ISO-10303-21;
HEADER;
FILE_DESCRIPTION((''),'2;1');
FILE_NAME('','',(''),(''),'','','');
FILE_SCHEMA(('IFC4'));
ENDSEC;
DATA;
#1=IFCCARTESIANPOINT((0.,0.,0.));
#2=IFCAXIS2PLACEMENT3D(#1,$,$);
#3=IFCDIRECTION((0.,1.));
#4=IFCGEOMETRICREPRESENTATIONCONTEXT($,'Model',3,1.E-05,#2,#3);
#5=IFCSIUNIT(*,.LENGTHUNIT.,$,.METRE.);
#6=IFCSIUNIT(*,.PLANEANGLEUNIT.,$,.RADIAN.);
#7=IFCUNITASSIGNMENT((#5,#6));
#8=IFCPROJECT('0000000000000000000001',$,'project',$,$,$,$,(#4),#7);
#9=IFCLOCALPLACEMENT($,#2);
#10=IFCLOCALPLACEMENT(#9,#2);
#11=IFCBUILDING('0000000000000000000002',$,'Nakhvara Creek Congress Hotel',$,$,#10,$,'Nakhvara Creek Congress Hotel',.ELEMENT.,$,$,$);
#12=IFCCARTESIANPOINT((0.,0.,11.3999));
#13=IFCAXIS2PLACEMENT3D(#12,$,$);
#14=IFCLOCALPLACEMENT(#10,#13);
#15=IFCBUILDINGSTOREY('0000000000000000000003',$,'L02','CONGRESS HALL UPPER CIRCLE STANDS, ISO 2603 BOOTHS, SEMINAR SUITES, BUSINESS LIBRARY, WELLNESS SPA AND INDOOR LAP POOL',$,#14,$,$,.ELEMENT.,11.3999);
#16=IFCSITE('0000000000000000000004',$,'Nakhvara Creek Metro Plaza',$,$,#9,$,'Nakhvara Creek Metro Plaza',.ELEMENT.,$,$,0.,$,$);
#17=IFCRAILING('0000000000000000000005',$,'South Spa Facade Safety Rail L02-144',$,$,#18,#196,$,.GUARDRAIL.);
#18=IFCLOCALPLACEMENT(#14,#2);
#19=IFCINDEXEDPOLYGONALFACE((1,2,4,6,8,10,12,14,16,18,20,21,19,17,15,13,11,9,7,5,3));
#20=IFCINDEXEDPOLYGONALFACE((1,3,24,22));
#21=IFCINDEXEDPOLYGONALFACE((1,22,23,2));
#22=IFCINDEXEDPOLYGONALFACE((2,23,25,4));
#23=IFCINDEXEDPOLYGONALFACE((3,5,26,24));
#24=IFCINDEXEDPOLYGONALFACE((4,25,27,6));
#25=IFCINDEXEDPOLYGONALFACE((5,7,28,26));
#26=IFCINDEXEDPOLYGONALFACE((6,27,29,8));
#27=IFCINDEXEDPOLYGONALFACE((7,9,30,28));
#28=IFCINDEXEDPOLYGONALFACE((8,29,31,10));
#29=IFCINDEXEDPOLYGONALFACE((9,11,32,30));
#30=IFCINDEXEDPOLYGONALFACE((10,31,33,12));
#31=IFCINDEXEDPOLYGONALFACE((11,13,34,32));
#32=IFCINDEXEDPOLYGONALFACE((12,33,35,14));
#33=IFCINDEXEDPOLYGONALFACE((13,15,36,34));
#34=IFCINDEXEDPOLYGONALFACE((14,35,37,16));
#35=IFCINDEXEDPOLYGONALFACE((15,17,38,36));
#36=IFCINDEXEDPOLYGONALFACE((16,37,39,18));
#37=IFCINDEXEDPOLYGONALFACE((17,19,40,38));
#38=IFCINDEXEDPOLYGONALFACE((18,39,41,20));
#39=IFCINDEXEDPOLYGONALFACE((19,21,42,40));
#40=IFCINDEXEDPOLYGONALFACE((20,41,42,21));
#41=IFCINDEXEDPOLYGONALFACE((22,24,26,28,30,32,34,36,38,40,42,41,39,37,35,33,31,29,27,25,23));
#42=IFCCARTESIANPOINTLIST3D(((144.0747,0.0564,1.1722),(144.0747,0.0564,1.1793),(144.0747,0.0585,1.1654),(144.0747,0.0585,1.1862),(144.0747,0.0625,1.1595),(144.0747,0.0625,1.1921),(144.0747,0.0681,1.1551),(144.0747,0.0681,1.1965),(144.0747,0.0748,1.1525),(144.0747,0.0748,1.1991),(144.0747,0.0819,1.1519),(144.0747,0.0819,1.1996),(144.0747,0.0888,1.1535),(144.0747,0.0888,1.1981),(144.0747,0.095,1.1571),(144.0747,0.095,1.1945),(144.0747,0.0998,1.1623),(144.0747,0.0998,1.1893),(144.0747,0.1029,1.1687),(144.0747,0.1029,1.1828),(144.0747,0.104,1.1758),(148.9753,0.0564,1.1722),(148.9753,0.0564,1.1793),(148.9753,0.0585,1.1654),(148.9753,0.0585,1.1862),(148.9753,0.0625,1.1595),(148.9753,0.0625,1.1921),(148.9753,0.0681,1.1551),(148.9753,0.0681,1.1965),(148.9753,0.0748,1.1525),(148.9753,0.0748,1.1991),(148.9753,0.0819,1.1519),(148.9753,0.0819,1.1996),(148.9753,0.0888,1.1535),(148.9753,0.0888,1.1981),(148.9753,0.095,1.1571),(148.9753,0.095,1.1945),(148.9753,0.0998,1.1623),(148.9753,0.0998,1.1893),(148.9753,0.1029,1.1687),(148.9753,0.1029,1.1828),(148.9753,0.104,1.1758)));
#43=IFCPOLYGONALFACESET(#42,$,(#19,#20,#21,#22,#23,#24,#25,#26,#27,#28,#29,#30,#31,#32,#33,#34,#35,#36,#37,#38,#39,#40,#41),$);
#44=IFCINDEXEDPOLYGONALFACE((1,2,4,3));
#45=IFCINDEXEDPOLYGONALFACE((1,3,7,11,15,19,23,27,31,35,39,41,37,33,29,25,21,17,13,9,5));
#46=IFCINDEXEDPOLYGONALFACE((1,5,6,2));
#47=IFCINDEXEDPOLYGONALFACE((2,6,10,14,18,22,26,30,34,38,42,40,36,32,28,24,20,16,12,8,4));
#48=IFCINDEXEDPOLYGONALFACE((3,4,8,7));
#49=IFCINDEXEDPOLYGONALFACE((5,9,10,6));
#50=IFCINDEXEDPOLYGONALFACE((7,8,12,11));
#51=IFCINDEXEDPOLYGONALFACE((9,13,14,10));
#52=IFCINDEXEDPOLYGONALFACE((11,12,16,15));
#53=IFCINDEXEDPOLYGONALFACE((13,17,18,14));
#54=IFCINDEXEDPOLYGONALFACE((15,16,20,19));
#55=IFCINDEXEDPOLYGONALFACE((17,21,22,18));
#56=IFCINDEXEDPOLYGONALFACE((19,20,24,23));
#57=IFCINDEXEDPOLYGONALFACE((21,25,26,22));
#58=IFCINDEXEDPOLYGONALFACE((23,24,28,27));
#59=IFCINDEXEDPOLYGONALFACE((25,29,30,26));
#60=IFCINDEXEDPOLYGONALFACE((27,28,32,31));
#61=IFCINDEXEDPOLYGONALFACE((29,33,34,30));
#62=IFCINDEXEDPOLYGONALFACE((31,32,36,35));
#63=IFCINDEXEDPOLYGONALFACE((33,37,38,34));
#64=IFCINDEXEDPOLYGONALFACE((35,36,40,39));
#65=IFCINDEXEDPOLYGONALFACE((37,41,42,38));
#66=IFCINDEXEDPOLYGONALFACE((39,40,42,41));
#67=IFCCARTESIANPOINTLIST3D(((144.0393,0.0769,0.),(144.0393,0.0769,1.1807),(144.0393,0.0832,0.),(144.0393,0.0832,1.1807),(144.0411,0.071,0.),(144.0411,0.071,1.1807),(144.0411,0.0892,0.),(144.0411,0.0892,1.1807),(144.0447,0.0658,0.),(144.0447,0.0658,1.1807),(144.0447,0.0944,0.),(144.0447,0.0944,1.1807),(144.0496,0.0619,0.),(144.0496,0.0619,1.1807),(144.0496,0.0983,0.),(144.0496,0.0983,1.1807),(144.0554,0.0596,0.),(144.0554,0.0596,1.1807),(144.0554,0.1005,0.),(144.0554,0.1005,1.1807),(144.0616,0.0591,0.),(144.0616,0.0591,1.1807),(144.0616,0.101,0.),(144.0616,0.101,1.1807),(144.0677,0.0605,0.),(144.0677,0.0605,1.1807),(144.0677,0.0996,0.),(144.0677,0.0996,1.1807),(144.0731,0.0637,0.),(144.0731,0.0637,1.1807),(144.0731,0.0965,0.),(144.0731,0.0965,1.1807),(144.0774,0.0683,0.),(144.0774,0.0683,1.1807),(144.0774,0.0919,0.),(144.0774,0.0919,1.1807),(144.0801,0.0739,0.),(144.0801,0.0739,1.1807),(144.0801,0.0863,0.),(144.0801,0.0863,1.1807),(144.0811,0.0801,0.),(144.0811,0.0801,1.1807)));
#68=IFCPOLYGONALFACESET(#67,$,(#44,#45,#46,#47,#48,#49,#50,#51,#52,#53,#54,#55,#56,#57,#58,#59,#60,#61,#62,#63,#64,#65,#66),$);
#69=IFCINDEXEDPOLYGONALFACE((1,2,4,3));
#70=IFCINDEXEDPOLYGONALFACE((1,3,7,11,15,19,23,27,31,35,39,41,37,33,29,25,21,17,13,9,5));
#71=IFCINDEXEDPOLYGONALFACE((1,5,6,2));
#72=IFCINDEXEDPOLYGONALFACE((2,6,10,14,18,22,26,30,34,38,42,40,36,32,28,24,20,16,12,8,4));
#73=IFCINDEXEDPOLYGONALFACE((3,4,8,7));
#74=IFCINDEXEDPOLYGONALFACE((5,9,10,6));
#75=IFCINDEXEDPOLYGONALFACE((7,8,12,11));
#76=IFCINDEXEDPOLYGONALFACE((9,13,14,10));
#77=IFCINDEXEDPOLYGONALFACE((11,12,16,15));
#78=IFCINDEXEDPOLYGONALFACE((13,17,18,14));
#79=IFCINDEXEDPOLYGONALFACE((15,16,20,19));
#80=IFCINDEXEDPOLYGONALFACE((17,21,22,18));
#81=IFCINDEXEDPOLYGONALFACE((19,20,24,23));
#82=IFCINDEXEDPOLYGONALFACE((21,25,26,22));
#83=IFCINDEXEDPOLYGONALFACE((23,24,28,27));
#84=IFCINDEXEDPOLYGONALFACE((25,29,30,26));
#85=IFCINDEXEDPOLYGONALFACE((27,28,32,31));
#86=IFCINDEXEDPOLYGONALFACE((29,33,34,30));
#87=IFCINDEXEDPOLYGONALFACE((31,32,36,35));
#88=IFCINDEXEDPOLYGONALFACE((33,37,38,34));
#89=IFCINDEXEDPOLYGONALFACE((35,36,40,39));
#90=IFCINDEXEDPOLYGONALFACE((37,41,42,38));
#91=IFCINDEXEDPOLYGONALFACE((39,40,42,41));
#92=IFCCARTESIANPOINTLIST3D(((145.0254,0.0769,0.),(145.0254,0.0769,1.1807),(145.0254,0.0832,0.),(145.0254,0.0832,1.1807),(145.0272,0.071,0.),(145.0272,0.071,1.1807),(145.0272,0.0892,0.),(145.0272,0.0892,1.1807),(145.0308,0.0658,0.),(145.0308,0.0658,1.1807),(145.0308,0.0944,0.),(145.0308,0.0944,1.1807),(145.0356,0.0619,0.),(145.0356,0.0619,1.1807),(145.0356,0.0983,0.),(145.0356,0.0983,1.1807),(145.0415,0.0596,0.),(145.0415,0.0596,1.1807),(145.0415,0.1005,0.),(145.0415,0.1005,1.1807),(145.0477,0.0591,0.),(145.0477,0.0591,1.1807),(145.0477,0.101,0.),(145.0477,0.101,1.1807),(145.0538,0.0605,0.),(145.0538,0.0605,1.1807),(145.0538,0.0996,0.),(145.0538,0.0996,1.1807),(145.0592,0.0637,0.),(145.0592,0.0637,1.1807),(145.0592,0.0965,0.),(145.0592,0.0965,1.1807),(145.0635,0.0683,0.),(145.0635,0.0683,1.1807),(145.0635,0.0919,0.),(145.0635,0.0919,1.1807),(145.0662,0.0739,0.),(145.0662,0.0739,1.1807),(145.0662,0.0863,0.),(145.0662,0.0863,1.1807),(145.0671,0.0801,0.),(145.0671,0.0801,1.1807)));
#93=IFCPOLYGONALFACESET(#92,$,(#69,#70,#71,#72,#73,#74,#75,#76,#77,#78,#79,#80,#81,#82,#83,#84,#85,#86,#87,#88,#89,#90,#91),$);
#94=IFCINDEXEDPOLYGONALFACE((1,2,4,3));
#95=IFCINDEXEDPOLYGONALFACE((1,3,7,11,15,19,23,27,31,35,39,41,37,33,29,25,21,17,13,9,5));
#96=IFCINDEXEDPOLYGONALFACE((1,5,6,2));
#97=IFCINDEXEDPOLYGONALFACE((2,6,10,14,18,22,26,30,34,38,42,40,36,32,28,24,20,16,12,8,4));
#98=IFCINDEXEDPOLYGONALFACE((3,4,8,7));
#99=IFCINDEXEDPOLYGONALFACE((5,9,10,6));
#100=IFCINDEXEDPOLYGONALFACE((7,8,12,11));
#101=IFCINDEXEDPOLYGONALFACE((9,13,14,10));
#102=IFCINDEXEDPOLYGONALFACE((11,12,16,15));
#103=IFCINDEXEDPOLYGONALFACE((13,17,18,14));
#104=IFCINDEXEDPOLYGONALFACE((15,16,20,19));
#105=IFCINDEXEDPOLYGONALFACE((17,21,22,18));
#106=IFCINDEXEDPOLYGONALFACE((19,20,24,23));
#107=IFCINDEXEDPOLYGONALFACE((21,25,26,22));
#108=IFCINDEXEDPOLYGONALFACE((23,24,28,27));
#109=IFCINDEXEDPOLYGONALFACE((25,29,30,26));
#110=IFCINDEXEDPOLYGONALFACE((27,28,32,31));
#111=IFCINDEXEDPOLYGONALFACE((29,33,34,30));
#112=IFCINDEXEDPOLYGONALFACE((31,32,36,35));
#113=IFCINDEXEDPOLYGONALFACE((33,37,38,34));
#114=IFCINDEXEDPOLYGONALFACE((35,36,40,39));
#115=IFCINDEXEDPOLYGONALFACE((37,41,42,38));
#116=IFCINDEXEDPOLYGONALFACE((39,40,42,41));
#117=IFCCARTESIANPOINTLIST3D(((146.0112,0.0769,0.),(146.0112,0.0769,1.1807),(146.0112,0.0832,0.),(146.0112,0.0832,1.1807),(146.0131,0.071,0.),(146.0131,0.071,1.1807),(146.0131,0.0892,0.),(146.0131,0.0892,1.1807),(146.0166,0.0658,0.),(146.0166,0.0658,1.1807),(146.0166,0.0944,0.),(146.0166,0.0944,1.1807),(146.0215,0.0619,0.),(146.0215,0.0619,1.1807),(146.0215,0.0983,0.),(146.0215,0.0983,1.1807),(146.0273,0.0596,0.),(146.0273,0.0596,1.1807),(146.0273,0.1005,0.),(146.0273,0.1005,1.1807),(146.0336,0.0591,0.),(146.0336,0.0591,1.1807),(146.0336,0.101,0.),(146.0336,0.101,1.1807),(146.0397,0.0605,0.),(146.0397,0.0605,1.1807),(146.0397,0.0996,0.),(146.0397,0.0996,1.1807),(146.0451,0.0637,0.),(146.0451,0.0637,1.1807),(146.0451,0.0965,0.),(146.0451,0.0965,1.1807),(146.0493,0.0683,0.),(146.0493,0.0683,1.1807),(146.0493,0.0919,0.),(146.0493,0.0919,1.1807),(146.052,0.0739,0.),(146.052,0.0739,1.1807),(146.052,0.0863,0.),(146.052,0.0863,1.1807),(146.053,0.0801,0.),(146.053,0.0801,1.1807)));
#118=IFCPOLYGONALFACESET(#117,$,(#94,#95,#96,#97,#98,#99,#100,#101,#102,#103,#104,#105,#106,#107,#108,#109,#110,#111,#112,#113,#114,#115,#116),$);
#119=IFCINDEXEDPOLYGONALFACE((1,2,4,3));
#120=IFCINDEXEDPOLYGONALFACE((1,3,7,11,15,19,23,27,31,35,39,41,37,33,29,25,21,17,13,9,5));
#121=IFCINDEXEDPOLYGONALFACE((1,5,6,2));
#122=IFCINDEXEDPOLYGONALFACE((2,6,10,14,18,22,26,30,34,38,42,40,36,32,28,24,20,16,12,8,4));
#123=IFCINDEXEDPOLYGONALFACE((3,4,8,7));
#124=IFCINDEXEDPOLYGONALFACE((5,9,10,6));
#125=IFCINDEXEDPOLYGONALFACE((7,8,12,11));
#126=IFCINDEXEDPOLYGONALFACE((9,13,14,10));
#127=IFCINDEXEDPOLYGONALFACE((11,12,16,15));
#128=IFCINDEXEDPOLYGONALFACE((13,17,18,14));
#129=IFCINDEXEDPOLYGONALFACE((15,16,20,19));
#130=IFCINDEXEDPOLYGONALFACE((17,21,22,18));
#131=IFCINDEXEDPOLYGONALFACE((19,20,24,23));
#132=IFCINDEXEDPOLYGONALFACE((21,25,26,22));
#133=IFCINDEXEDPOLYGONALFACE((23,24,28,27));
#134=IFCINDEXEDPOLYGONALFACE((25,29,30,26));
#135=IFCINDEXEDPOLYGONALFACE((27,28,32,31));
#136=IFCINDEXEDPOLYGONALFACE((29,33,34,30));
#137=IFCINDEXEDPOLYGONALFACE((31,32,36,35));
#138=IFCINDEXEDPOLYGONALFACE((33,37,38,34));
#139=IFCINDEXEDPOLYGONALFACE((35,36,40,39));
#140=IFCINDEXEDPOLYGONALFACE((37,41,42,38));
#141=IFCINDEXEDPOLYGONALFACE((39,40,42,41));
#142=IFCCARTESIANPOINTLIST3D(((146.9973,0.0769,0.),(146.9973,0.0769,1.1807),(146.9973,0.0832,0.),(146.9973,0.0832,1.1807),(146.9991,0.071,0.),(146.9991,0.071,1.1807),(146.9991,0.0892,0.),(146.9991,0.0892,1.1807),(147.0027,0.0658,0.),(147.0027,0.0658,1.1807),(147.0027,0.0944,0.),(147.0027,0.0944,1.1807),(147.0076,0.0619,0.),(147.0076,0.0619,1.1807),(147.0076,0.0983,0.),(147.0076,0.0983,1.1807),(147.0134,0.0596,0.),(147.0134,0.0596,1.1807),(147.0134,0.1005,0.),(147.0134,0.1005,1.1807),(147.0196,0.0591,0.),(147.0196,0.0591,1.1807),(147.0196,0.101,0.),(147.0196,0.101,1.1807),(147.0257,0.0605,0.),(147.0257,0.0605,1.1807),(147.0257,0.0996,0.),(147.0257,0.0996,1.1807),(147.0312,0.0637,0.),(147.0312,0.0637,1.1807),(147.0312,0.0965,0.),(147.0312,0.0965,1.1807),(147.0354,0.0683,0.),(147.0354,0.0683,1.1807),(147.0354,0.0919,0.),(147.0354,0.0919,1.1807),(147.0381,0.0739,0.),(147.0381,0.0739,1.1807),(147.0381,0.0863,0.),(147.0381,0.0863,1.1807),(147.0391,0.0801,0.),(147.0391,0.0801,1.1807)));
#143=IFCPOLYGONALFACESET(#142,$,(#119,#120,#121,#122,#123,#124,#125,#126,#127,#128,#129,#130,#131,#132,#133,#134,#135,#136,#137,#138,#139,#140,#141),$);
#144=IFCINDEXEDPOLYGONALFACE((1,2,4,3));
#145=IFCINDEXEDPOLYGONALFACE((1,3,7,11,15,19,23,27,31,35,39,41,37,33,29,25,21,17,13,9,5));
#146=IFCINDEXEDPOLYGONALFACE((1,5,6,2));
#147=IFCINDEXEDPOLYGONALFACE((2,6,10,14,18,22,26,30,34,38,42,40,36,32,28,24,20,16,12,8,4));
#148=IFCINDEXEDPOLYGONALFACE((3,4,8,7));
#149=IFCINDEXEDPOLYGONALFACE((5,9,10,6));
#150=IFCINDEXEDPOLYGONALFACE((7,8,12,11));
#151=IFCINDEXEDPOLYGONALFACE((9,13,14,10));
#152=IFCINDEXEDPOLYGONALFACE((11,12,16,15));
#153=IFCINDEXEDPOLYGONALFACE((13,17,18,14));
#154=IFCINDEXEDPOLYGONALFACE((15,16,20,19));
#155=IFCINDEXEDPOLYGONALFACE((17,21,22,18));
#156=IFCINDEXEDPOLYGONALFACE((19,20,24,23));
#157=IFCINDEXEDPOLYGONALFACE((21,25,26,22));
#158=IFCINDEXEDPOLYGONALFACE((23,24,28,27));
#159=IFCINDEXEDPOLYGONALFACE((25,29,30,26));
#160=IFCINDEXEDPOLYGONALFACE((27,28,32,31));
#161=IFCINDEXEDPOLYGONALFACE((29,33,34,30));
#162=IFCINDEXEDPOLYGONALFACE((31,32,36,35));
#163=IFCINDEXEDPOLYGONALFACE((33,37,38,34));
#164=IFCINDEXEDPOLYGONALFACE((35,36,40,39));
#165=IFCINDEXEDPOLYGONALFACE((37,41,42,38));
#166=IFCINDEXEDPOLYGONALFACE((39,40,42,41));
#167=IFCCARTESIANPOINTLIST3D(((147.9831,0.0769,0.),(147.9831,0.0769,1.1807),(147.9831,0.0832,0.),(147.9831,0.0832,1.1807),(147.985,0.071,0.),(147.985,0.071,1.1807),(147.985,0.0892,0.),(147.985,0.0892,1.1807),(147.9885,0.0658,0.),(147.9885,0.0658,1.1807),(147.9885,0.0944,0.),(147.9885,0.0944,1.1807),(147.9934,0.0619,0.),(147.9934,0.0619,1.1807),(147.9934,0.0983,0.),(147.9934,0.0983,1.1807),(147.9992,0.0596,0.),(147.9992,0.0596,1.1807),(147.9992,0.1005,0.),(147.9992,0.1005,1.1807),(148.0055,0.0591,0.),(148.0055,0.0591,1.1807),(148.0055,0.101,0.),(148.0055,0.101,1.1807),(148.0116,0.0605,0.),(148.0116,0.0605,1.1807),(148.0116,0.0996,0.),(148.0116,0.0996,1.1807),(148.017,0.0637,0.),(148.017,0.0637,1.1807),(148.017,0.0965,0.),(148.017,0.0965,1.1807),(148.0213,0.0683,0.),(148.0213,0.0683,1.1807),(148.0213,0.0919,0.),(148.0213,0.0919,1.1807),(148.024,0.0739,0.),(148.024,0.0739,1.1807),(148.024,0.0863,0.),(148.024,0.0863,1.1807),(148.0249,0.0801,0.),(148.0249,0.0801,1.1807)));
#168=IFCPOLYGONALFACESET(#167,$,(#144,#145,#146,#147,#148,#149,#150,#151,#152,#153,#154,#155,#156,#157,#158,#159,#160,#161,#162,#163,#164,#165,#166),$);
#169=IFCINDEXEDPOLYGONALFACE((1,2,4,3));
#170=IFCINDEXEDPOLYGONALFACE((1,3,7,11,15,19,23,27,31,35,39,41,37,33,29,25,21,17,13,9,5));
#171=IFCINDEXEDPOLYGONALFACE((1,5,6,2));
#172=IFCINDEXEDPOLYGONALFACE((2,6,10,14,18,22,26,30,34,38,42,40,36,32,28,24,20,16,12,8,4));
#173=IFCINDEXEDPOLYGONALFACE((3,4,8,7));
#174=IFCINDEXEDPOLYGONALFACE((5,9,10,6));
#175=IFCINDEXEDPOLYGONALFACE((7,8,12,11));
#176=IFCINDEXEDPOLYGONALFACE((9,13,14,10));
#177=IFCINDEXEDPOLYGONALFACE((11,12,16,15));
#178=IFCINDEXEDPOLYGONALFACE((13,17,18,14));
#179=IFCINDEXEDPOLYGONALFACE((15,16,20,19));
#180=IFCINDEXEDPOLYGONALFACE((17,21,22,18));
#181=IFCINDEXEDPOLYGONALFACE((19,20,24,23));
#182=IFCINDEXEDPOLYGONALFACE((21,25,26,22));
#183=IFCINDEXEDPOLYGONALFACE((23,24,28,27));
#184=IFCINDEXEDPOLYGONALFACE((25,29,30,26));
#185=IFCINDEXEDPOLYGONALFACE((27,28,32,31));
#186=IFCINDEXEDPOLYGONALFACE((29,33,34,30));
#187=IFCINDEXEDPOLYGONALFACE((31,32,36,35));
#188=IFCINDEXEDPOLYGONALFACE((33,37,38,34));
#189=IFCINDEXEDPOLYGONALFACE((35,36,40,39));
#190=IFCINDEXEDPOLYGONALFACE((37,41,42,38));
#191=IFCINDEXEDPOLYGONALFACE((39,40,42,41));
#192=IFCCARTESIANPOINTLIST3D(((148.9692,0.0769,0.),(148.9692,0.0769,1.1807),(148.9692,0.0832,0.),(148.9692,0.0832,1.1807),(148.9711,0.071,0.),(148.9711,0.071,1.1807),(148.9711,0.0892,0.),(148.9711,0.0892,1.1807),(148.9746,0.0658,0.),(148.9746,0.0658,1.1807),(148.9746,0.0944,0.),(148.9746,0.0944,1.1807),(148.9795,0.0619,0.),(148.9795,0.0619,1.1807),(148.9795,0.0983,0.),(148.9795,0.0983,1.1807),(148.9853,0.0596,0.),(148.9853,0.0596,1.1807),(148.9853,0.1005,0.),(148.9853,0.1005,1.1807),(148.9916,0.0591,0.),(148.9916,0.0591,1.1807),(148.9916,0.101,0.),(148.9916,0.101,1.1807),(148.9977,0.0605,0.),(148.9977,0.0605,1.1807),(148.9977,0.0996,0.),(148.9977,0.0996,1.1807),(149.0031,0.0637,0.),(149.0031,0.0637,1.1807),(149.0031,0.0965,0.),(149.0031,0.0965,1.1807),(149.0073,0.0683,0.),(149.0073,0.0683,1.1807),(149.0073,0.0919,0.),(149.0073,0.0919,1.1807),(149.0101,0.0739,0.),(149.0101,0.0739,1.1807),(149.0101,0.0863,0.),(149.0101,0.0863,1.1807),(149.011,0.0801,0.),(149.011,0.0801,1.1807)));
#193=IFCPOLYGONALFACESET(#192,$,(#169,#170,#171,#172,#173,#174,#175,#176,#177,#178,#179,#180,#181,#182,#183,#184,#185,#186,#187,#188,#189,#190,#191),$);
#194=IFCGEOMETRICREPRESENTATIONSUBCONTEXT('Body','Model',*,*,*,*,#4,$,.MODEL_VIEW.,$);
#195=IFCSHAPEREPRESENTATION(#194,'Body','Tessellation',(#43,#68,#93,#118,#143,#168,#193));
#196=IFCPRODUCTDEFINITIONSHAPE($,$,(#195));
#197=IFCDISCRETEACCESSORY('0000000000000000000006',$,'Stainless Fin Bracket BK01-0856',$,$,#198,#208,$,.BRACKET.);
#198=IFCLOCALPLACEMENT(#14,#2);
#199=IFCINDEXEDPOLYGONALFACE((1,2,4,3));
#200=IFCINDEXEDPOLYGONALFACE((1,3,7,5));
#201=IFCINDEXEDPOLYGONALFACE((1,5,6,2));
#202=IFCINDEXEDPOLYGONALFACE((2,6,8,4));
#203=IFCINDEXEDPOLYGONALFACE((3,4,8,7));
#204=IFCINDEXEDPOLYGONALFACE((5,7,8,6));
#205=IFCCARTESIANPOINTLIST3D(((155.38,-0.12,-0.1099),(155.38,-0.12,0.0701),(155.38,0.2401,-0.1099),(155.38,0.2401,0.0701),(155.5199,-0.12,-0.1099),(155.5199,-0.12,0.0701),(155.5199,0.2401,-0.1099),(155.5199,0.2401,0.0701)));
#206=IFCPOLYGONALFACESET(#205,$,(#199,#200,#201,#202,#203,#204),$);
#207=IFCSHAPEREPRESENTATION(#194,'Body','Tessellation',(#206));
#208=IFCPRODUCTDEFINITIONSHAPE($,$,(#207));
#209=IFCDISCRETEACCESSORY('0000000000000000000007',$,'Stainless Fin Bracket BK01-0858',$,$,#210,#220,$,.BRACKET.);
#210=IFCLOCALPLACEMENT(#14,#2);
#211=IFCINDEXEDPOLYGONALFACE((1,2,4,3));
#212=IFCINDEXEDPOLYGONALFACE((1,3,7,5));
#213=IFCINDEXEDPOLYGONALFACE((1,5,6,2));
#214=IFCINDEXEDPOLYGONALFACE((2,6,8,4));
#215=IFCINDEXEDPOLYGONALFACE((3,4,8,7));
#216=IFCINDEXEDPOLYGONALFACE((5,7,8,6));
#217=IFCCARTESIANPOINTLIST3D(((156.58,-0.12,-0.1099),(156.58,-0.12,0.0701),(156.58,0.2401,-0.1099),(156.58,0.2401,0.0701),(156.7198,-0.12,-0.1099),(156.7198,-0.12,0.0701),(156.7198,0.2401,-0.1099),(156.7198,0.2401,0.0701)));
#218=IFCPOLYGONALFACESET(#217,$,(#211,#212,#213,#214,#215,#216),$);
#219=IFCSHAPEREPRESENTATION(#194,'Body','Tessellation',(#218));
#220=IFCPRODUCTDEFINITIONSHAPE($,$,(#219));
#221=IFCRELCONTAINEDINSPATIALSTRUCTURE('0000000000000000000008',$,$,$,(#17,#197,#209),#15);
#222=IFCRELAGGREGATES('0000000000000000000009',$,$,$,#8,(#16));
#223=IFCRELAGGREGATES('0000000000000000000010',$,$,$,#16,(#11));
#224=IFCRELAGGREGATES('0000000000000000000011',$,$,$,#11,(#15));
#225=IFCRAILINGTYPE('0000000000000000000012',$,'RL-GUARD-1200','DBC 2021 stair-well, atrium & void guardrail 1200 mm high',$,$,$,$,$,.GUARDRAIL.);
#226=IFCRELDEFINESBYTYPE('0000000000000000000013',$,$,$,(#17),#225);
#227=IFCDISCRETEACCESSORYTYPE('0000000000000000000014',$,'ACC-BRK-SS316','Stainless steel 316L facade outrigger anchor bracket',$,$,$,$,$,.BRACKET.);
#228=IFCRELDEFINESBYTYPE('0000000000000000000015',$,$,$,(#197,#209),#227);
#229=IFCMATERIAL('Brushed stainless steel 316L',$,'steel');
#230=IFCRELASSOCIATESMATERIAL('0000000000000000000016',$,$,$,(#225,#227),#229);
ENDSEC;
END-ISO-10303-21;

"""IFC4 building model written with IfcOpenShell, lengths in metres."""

from ifc_helpers import new_model, si_unit, direction, frame, origin, origin_2d, place, context, subcontext, project, spatial, rectangle, circle, extrude, material, type_object, element, save


model = new_model("IFC4")

# Units and contexts
model_context = context("Model", 3, precision=1e-05, world=origin(), true_north=direction((0.0, 1.0)))
body_context = subcontext(model_context, "Body", "Model", "MODEL_VIEW")
ifc_project = project(units=[si_unit("LENGTHUNIT", "METRE"), si_unit("PLANEANGLEUNIT", "RADIAN")], contexts=[model_context])

# Site, building, storey
site_placement = place(None, origin())
site = spatial("IfcSite", under=ifc_project, at=site_placement, Name="Nakhvara Creek Metro Plaza", LongName="Nakhvara Creek Metro Plaza", CompositionType="ELEMENT", RefElevation=0.0)
building_placement = place(site_placement, origin())
building = spatial("IfcBuilding", under=site, at=building_placement, Name="Nakhvara Creek Congress Hotel", LongName="Nakhvara Creek Congress Hotel", CompositionType="ELEMENT")
storey_placement = place(building_placement, frame((0.0, 0.0, 11.3999)))
storey = spatial("IfcBuildingStorey", under=building, at=storey_placement, Name="L02", Description="CONGRESS HALL UPPER CIRCLE STANDS, ISO 2603 BOOTHS, SEMINAR SUITES, BUSINESS LIBRARY, WELLNESS SPA AND INDOOR LAP POOL", CompositionType="ELEMENT", Elevation=11.3999)

# Railing
ifc_material_1 = material(Name="Brushed stainless steel 316L", Category="steel")
railing_type = type_object("IfcRailingType", Name="RL-GUARD-1200", Description="DBC 2021 stair-well, atrium & void guardrail 1200 mm high", PredefinedType="GUARDRAIL", material=ifc_material_1)
railing_placement = place(storey_placement, frame((144.0601, 0.0801, 0.0)))
element("IfcRailing", 1, at=railing_placement, inside=storey, type_object=railing_type, Name="South Spa Facade Safety Rail L02-144", PredefinedType="GUARDRAIL", context=body_context, shape_type="SweptSolid", body=[
    extrude(circle(Radius=0.0239, at=origin_2d()), frame((0.0146, 0.0, 1.1758), z_axis=(1.0, 0.0, 0.0), x_axis=(0.0, 1.0, 0.0)), (0.0, 0.0, 1.0), 4.9006),
    extrude(circle(Radius=0.021, at=origin_2d()), origin(), (0.0, 0.0, 1.0), 1.1807),
    extrude(circle(Radius=0.021, at=origin_2d()), frame((0.9861, 0.0, 0.0)), (0.0, 0.0, 1.0), 1.1807),
    extrude(circle(Radius=0.021, at=origin_2d()), frame((1.9719, 0.0, 0.0)), (0.0, 0.0, 1.0), 1.1807),
    extrude(circle(Radius=0.021, at=origin_2d()), frame((2.958, 0.0, 0.0)), (0.0, 0.0, 1.0), 1.1807),
    extrude(circle(Radius=0.021, at=origin_2d()), frame((3.9438, 0.0, 0.0)), (0.0, 0.0, 1.0), 1.1807),
    extrude(circle(Radius=0.021, at=origin_2d()), frame((4.9299, 0.0, 0.0)), (0.0, 0.0, 1.0), 1.1807),
])

# Discrete accessories
discrete_accessory_type = type_object("IfcDiscreteAccessoryType", Name="ACC-BRK-SS316", Description="Stainless steel 316L facade outrigger anchor bracket", PredefinedType="BRACKET", material=ifc_material_1)
for number, where, z_axis, x_axis, name in (
    (2, (155.45, 0.0601, -0.1099), (0.0, 0.0, 1.0), (1.0, 0.0, 0.0), "Stainless Fin Bracket BK01-0856"),
    (3, (156.6499, 0.0601, -0.1099), (0.0, 0.0, 1.0), (1.0, 0.0, 0.0), "Stainless Fin Bracket BK01-0858"),
):
    element("IfcDiscreteAccessory", number, at=place(storey_placement, frame(where, z_axis=z_axis, x_axis=x_axis)), inside=storey, type_object=discrete_accessory_type, Name=name, PredefinedType="BRACKET", context=body_context, shape_type="SweptSolid", body=[
        extrude(rectangle(XDim=0.1399, YDim=0.3601, at=origin_2d()), origin(), (0.0, 0.0, 1.0), 0.1799),
    ])

save(model, "model.ifc")
